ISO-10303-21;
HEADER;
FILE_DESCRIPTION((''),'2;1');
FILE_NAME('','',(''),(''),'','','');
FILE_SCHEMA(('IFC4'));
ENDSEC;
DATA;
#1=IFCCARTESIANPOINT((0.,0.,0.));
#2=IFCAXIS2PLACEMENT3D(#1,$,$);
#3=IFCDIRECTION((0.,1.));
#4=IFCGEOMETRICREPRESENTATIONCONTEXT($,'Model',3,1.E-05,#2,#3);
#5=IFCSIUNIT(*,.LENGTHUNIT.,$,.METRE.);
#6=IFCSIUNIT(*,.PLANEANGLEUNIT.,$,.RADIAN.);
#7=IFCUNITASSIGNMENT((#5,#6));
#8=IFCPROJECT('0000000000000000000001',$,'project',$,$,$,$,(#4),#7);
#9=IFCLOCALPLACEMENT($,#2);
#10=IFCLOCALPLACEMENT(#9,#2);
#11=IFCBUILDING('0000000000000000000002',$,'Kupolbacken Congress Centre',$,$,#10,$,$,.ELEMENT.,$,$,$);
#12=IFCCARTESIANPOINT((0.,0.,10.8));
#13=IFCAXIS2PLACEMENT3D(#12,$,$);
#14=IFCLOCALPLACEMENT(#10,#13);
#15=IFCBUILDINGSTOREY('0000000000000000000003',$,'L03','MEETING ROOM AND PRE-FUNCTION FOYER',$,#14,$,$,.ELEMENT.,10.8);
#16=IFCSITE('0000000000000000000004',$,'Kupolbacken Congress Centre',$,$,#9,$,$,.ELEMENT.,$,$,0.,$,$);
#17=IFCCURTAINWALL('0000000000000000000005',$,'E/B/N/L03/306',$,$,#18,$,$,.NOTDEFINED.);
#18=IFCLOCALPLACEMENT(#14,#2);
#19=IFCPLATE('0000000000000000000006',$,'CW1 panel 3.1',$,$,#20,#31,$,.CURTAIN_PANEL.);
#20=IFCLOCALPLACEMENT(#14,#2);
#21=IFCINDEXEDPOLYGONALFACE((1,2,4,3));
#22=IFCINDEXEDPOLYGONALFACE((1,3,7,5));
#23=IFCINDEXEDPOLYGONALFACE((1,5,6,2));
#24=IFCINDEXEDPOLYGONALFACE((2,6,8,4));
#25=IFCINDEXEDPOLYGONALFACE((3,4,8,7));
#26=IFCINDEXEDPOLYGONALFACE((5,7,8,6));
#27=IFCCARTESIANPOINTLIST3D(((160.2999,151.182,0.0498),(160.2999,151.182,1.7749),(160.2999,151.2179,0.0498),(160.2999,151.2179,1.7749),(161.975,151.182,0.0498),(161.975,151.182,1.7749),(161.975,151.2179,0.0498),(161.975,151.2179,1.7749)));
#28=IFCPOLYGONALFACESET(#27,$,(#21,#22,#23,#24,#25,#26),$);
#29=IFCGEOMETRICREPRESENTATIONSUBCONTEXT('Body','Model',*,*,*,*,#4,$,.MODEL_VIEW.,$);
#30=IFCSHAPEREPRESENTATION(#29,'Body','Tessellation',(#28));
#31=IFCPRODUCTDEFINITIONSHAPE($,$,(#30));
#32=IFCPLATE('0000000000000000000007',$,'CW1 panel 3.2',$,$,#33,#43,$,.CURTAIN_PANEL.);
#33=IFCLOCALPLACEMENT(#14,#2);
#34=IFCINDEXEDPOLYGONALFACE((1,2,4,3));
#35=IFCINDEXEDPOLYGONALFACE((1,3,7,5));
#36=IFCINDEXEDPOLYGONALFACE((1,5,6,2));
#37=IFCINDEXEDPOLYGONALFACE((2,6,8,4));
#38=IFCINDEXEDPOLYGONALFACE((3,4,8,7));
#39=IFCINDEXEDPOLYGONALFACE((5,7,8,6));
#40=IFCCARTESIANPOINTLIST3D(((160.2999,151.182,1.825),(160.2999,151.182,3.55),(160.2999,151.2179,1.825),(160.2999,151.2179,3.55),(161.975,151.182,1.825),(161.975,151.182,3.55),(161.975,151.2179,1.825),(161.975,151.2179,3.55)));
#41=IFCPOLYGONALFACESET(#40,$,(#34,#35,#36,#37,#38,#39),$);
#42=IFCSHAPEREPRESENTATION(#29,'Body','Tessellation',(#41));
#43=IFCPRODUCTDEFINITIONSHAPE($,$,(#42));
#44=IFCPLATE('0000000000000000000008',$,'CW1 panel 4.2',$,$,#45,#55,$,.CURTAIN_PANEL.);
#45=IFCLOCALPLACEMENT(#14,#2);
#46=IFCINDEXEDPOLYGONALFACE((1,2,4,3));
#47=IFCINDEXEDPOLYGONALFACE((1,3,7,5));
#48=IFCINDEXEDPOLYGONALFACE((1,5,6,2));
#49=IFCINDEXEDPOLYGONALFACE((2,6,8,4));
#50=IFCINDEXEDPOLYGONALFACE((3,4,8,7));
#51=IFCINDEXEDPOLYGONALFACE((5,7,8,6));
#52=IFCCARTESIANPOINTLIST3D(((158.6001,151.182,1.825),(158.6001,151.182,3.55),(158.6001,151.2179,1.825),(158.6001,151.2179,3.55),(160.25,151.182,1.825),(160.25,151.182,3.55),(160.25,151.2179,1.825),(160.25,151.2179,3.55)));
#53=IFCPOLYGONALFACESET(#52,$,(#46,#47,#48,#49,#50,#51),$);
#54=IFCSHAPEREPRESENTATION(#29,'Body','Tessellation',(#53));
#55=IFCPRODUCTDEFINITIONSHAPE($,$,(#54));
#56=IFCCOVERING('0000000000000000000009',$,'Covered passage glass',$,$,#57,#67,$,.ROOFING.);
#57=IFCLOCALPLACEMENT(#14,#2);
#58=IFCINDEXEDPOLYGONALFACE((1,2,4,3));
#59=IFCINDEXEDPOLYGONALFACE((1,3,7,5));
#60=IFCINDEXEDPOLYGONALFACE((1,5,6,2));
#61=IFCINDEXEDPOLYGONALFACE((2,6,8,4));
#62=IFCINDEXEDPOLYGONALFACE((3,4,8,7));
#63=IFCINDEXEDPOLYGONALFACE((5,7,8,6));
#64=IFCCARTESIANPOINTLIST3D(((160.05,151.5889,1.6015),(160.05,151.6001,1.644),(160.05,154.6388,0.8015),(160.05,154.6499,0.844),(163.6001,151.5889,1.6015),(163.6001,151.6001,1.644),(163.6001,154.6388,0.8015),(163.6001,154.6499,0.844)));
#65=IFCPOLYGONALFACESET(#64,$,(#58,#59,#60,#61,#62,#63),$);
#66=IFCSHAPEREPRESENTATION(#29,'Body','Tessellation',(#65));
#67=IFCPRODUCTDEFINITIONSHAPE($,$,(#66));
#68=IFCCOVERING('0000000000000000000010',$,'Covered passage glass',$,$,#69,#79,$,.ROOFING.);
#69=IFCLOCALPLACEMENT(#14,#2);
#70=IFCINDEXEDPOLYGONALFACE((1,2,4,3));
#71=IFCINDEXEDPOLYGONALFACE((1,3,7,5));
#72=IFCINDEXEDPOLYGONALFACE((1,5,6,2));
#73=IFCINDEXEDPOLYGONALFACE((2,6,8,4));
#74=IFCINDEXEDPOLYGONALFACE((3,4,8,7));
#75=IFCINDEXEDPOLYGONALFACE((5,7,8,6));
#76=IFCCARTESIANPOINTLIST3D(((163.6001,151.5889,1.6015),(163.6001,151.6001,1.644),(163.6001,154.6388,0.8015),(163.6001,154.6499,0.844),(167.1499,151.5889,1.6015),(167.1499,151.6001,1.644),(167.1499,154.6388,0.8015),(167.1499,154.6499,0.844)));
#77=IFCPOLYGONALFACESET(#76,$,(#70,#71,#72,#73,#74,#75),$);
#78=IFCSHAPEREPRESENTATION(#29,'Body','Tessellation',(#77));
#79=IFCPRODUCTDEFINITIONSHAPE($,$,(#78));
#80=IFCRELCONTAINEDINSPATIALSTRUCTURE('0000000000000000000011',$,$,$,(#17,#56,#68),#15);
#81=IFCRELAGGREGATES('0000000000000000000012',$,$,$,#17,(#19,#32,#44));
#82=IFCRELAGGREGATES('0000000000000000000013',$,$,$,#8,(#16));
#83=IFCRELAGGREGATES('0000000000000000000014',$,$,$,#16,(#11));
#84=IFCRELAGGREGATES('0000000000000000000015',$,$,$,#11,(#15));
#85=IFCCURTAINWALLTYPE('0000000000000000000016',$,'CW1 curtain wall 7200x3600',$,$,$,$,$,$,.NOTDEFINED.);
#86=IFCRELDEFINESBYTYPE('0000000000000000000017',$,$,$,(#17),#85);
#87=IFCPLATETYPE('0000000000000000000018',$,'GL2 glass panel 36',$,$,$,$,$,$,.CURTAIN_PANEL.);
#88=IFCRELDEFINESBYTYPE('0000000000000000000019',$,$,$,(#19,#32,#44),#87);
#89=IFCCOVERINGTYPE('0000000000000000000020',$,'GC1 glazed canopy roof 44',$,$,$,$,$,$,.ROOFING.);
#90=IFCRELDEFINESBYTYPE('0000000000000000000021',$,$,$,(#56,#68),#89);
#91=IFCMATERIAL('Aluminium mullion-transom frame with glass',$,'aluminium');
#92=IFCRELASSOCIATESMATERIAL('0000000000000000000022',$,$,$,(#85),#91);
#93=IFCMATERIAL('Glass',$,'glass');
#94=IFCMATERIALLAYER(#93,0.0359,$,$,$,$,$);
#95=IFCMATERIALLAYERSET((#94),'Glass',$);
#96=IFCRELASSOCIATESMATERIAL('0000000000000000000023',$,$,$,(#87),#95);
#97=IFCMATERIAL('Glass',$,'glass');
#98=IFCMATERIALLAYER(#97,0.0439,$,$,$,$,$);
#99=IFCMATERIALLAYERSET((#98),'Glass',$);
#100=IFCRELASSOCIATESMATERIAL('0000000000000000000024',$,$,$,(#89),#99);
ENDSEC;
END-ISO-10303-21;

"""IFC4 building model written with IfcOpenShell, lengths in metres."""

from ifc_helpers import new_model, si_unit, direction, frame, origin, origin_2d, place, context, subcontext, project, spatial, polyline, rectangle, outline, extrude, material, layer, layer_set, type_object, element, aggregate, save


model = new_model("IFC4")

# Units and contexts
model_context = context("Model", 3, precision=1e-05, world=origin(), true_north=direction((0.0, 1.0)))
body_context = subcontext(model_context, "Body", "Model", "MODEL_VIEW")
ifc_project = project(units=[si_unit("LENGTHUNIT", "METRE"), si_unit("PLANEANGLEUNIT", "RADIAN")], contexts=[model_context])

# Site, building, storey
site_placement = place(None, origin())
site = spatial("IfcSite", under=ifc_project, at=site_placement, Name="Kupolbacken Congress Centre", CompositionType="ELEMENT", RefElevation=0.0)
building_placement = place(site_placement, origin())
building = spatial("IfcBuilding", under=site, at=building_placement, Name="Kupolbacken Congress Centre", CompositionType="ELEMENT")
storey_placement = place(building_placement, frame((0.0, 0.0, 10.8)))
storey = spatial("IfcBuildingStorey", under=building, at=storey_placement, Name="L03", Description="MEETING ROOM AND PRE-FUNCTION FOYER", CompositionType="ELEMENT", Elevation=10.8)

# Curtain wall, plates
ifc_material_1 = material(Name="Aluminium mullion-transom frame with glass", Category="aluminium")
curtain_wall_type = type_object("IfcCurtainWallType", Name="CW1 curtain wall 7200x3600", PredefinedType="NOTDEFINED", material=ifc_material_1)
curtain_wall_placement = place(storey_placement, origin())
curtain_wall = element("IfcCurtainWall", 1, at=curtain_wall_placement, inside=storey, type_object=curtain_wall_type, Name="E/B/N/L03/306", PredefinedType="NOTDEFINED")
ifc_material_2 = material(Name="Glass", Category="glass")
ifc_layer_1 = layer(ifc_material_2, 0.0359)
ifc_layer_set_1 = layer_set([ifc_layer_1], Name="Glass")
plate_type = type_object("IfcPlateType", Name="GL2 glass panel 36", PredefinedType="CURTAIN_PANEL", material=ifc_layer_set_1)
plate_1_placement = place(storey_placement, frame((161.1375, 151.2, 0.0498), z_axis=(0.0, 0.0, 1.0), x_axis=(-1.0, 0.0, 0.0)))
plate_1 = element("IfcPlate", 2, at=plate_1_placement, type_object=plate_type, Name="CW1 panel 3.1", PredefinedType="CURTAIN_PANEL", context=body_context, shape_type="SweptSolid", body=[
    extrude(rectangle(XDim=1.675, YDim=0.0359, at=origin_2d()), origin(), (0.0, 0.0, 1.0), 1.7251),
])
plate_2_placement = place(storey_placement, frame((161.1375, 151.2, 1.825), z_axis=(0.0, 0.0, 1.0), x_axis=(-1.0, 0.0, 0.0)))
plate_2 = element("IfcPlate", 3, at=plate_2_placement, type_object=plate_type, Name="CW1 panel 3.2", PredefinedType="CURTAIN_PANEL", context=body_context, shape_type="SweptSolid", body=[
    extrude(rectangle(XDim=1.675, YDim=0.0359, at=origin_2d()), origin(), (0.0, 0.0, 1.0), 1.7251),
])
plate_3_placement = place(storey_placement, frame((159.425, 151.2, 1.825), z_axis=(0.0, 0.0, 1.0), x_axis=(-1.0, 0.0, 0.0)))
plate_3 = element("IfcPlate", 4, at=plate_3_placement, type_object=plate_type, Name="CW1 panel 4.2", PredefinedType="CURTAIN_PANEL", context=body_context, shape_type="SweptSolid", body=[
    extrude(rectangle(XDim=1.6499, YDim=0.0359, at=origin_2d()), origin(), (0.0, 0.0, 1.0), 1.7251),
])
aggregate(curtain_wall, [plate_1, plate_2, plate_3])

# Coverings
ifc_material_3 = material(Name="Glass", Category="glass")
ifc_layer_2 = layer(ifc_material_3, 0.0439)
ifc_layer_set_2 = layer_set([ifc_layer_2], Name="Glass")
covering_type = type_object("IfcCoveringType", Name="GC1 glazed canopy roof 44", PredefinedType="ROOFING", material=ifc_layer_set_2)
covering_1_placement = place(storey_placement, frame((160.05, 151.6001, 1.644), z_axis=(0.0, 0.253742, 0.967272), x_axis=(1.0, 0.0, 0.0)))
element("IfcCovering", 5, at=covering_1_placement, inside=storey, type_object=covering_type, Name="Covered passage glass", PredefinedType="ROOFING", context=body_context, shape_type="SweptSolid", body=[
    extrude(outline(polyline([(0.0, 0.0), (3.55, 0.0), (3.55, 3.153), (0.0, 3.153), (0.0, 0.0)])), origin(), (0.0, 0.0, -1.0), 0.0439),
])
covering_2_placement = place(storey_placement, frame((163.6001, 151.6001, 1.644), z_axis=(0.0, 0.253742, 0.967272), x_axis=(1.0, 0.0, 0.0)))
element("IfcCovering", 6, at=covering_2_placement, inside=storey, type_object=covering_type, Name="Covered passage glass", PredefinedType="ROOFING", context=body_context, shape_type="SweptSolid", body=[
    extrude(outline(polyline([(0.0, 0.0), (3.5498, 0.0), (3.5498, 3.153), (0.0, 3.153), (0.0, 0.0)])), origin(), (0.0, 0.0, -1.0), 0.0439),
])

save(model, "model.ifc")
